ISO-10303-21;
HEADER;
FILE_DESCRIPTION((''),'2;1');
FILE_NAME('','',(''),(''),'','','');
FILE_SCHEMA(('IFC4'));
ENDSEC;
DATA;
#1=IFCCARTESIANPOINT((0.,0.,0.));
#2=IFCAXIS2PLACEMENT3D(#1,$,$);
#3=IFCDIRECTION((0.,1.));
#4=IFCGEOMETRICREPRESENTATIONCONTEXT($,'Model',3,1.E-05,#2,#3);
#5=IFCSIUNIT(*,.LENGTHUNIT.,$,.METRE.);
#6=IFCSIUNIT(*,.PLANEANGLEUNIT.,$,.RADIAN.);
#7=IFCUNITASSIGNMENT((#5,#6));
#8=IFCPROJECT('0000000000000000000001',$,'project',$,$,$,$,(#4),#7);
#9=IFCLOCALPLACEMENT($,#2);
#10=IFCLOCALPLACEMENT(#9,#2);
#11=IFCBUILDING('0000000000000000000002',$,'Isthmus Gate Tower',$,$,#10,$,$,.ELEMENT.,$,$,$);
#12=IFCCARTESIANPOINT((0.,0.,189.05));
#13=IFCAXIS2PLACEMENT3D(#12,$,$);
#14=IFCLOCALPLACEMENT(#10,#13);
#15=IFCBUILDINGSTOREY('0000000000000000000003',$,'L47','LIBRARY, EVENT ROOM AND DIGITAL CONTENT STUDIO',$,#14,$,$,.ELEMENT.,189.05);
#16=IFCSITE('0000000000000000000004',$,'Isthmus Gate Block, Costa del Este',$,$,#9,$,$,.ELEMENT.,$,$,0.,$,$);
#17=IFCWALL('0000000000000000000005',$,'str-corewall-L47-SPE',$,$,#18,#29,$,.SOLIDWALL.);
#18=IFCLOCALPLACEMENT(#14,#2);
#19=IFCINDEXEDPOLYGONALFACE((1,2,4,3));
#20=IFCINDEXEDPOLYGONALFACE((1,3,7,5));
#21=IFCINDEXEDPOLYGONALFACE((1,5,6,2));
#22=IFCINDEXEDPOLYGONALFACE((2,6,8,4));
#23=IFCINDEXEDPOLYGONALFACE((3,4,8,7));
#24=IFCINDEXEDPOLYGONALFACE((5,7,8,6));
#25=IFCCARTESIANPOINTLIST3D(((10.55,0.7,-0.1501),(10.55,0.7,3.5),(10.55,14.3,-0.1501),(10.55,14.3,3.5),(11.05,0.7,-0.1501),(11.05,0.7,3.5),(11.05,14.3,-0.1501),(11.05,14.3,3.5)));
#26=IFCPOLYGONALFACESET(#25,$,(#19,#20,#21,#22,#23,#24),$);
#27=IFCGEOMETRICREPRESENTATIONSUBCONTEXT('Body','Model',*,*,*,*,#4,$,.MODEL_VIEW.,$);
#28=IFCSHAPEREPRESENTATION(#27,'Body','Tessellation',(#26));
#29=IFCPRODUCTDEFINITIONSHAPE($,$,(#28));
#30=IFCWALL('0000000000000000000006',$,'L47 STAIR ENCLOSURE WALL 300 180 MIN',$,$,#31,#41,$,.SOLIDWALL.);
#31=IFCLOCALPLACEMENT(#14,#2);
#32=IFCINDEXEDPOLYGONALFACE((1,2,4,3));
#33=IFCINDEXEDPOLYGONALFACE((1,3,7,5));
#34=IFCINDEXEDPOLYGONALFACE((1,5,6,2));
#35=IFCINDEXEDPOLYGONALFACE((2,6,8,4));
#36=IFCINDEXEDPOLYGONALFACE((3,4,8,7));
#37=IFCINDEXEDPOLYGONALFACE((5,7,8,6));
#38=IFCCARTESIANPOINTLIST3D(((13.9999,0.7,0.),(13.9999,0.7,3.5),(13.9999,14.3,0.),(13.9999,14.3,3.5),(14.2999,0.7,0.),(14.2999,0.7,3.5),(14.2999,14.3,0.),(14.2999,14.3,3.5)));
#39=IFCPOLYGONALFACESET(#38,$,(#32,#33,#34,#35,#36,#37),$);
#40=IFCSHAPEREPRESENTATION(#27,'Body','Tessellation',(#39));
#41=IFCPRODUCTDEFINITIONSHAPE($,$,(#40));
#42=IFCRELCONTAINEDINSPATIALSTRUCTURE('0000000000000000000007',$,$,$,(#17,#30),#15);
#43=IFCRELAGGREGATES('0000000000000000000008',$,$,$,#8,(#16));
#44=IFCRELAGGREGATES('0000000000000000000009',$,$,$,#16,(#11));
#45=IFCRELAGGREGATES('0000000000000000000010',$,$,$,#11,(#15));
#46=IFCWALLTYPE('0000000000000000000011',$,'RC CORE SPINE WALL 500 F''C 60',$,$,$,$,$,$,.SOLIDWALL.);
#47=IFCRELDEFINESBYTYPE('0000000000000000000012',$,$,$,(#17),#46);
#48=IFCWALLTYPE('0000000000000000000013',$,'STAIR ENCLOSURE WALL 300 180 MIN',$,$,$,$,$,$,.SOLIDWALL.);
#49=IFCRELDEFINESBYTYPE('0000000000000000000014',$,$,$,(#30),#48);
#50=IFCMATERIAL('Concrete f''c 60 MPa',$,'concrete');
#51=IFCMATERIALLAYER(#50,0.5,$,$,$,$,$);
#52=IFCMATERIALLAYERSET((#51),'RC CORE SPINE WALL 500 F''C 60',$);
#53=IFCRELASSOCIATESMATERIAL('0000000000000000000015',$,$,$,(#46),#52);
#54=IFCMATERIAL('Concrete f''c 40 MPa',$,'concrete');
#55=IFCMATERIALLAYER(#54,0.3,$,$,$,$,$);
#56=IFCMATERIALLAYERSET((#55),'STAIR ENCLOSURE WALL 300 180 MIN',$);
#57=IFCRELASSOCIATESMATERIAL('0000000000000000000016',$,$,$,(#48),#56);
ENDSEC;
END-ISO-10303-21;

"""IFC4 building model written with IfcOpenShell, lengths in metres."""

from ifc_helpers import new_model, si_unit, direction, frame, frame_2d, origin, place, context, subcontext, project, spatial, rectangle, extrude, material, layer, layer_set, type_object, element, save


model = new_model("IFC4")

# Units and contexts
model_context = context("Model", 3, precision=1e-05, world=origin(), true_north=direction((0.0, 1.0)))
body_context = subcontext(model_context, "Body", "Model", "MODEL_VIEW")
ifc_project = project(units=[si_unit("LENGTHUNIT", "METRE"), si_unit("PLANEANGLEUNIT", "RADIAN")], contexts=[model_context])

# Site, building, storey
site_placement = place(None, origin())
site = spatial("IfcSite", under=ifc_project, at=site_placement, Name="Isthmus Gate Block, Costa del Este", CompositionType="ELEMENT", RefElevation=0.0)
building_placement = place(site_placement, origin())
building = spatial("IfcBuilding", under=site, at=building_placement, Name="Isthmus Gate Tower", CompositionType="ELEMENT")
storey_placement = place(building_placement, frame((0.0, 0.0, 189.05)))
storey = spatial("IfcBuildingStorey", under=building, at=storey_placement, Name="L47", Description="LIBRARY, EVENT ROOM AND DIGITAL CONTENT STUDIO", CompositionType="ELEMENT", Elevation=189.05)

# Walls
ifc_material_1 = material(Name="Concrete f'c 60 MPa", Category="concrete")
ifc_layer_1 = layer(ifc_material_1, 0.5)
ifc_layer_set_1 = layer_set([ifc_layer_1], Name="RC CORE SPINE WALL 500 F'C 60")
wall_type_1 = type_object("IfcWallType", Name="RC CORE SPINE WALL 500 F'C 60", PredefinedType="SOLIDWALL", material=ifc_layer_set_1)
wall_1_placement = place(storey_placement, frame((10.8, 0.7, -0.1501), z_axis=(0.0, 0.0, 1.0), x_axis=(0.0, 1.0, 0.0)))
element("IfcWall", 1, at=wall_1_placement, inside=storey, type_object=wall_type_1, Name="str-corewall-L47-SPE", PredefinedType="SOLIDWALL", context=body_context, shape_type="SweptSolid", body=[
    extrude(rectangle(XDim=13.6001, YDim=0.5, at=frame_2d((6.8, 0.0))), origin(), (0.0, 0.0, 1.0), 3.6501),
])
ifc_material_2 = material(Name="Concrete f'c 40 MPa", Category="concrete")
ifc_layer_2 = layer(ifc_material_2, 0.3)
ifc_layer_set_2 = layer_set([ifc_layer_2], Name="STAIR ENCLOSURE WALL 300 180 MIN")
wall_type_2 = type_object("IfcWallType", Name="STAIR ENCLOSURE WALL 300 180 MIN", PredefinedType="SOLIDWALL", material=ifc_layer_set_2)
wall_2_placement = place(storey_placement, frame((14.1499, 0.7, 0.0), z_axis=(0.0, 0.0, 1.0), x_axis=(0.0, 1.0, 0.0)))
element("IfcWall", 2, at=wall_2_placement, inside=storey, type_object=wall_type_2, Name="L47 STAIR ENCLOSURE WALL 300 180 MIN", PredefinedType="SOLIDWALL", context=body_context, shape_type="SweptSolid", body=[
    extrude(rectangle(XDim=13.6001, YDim=0.3, at=frame_2d((6.8, 0.0))), origin(), (0.0, 0.0, 1.0), 3.5),
])

save(model, "model.ifc")
